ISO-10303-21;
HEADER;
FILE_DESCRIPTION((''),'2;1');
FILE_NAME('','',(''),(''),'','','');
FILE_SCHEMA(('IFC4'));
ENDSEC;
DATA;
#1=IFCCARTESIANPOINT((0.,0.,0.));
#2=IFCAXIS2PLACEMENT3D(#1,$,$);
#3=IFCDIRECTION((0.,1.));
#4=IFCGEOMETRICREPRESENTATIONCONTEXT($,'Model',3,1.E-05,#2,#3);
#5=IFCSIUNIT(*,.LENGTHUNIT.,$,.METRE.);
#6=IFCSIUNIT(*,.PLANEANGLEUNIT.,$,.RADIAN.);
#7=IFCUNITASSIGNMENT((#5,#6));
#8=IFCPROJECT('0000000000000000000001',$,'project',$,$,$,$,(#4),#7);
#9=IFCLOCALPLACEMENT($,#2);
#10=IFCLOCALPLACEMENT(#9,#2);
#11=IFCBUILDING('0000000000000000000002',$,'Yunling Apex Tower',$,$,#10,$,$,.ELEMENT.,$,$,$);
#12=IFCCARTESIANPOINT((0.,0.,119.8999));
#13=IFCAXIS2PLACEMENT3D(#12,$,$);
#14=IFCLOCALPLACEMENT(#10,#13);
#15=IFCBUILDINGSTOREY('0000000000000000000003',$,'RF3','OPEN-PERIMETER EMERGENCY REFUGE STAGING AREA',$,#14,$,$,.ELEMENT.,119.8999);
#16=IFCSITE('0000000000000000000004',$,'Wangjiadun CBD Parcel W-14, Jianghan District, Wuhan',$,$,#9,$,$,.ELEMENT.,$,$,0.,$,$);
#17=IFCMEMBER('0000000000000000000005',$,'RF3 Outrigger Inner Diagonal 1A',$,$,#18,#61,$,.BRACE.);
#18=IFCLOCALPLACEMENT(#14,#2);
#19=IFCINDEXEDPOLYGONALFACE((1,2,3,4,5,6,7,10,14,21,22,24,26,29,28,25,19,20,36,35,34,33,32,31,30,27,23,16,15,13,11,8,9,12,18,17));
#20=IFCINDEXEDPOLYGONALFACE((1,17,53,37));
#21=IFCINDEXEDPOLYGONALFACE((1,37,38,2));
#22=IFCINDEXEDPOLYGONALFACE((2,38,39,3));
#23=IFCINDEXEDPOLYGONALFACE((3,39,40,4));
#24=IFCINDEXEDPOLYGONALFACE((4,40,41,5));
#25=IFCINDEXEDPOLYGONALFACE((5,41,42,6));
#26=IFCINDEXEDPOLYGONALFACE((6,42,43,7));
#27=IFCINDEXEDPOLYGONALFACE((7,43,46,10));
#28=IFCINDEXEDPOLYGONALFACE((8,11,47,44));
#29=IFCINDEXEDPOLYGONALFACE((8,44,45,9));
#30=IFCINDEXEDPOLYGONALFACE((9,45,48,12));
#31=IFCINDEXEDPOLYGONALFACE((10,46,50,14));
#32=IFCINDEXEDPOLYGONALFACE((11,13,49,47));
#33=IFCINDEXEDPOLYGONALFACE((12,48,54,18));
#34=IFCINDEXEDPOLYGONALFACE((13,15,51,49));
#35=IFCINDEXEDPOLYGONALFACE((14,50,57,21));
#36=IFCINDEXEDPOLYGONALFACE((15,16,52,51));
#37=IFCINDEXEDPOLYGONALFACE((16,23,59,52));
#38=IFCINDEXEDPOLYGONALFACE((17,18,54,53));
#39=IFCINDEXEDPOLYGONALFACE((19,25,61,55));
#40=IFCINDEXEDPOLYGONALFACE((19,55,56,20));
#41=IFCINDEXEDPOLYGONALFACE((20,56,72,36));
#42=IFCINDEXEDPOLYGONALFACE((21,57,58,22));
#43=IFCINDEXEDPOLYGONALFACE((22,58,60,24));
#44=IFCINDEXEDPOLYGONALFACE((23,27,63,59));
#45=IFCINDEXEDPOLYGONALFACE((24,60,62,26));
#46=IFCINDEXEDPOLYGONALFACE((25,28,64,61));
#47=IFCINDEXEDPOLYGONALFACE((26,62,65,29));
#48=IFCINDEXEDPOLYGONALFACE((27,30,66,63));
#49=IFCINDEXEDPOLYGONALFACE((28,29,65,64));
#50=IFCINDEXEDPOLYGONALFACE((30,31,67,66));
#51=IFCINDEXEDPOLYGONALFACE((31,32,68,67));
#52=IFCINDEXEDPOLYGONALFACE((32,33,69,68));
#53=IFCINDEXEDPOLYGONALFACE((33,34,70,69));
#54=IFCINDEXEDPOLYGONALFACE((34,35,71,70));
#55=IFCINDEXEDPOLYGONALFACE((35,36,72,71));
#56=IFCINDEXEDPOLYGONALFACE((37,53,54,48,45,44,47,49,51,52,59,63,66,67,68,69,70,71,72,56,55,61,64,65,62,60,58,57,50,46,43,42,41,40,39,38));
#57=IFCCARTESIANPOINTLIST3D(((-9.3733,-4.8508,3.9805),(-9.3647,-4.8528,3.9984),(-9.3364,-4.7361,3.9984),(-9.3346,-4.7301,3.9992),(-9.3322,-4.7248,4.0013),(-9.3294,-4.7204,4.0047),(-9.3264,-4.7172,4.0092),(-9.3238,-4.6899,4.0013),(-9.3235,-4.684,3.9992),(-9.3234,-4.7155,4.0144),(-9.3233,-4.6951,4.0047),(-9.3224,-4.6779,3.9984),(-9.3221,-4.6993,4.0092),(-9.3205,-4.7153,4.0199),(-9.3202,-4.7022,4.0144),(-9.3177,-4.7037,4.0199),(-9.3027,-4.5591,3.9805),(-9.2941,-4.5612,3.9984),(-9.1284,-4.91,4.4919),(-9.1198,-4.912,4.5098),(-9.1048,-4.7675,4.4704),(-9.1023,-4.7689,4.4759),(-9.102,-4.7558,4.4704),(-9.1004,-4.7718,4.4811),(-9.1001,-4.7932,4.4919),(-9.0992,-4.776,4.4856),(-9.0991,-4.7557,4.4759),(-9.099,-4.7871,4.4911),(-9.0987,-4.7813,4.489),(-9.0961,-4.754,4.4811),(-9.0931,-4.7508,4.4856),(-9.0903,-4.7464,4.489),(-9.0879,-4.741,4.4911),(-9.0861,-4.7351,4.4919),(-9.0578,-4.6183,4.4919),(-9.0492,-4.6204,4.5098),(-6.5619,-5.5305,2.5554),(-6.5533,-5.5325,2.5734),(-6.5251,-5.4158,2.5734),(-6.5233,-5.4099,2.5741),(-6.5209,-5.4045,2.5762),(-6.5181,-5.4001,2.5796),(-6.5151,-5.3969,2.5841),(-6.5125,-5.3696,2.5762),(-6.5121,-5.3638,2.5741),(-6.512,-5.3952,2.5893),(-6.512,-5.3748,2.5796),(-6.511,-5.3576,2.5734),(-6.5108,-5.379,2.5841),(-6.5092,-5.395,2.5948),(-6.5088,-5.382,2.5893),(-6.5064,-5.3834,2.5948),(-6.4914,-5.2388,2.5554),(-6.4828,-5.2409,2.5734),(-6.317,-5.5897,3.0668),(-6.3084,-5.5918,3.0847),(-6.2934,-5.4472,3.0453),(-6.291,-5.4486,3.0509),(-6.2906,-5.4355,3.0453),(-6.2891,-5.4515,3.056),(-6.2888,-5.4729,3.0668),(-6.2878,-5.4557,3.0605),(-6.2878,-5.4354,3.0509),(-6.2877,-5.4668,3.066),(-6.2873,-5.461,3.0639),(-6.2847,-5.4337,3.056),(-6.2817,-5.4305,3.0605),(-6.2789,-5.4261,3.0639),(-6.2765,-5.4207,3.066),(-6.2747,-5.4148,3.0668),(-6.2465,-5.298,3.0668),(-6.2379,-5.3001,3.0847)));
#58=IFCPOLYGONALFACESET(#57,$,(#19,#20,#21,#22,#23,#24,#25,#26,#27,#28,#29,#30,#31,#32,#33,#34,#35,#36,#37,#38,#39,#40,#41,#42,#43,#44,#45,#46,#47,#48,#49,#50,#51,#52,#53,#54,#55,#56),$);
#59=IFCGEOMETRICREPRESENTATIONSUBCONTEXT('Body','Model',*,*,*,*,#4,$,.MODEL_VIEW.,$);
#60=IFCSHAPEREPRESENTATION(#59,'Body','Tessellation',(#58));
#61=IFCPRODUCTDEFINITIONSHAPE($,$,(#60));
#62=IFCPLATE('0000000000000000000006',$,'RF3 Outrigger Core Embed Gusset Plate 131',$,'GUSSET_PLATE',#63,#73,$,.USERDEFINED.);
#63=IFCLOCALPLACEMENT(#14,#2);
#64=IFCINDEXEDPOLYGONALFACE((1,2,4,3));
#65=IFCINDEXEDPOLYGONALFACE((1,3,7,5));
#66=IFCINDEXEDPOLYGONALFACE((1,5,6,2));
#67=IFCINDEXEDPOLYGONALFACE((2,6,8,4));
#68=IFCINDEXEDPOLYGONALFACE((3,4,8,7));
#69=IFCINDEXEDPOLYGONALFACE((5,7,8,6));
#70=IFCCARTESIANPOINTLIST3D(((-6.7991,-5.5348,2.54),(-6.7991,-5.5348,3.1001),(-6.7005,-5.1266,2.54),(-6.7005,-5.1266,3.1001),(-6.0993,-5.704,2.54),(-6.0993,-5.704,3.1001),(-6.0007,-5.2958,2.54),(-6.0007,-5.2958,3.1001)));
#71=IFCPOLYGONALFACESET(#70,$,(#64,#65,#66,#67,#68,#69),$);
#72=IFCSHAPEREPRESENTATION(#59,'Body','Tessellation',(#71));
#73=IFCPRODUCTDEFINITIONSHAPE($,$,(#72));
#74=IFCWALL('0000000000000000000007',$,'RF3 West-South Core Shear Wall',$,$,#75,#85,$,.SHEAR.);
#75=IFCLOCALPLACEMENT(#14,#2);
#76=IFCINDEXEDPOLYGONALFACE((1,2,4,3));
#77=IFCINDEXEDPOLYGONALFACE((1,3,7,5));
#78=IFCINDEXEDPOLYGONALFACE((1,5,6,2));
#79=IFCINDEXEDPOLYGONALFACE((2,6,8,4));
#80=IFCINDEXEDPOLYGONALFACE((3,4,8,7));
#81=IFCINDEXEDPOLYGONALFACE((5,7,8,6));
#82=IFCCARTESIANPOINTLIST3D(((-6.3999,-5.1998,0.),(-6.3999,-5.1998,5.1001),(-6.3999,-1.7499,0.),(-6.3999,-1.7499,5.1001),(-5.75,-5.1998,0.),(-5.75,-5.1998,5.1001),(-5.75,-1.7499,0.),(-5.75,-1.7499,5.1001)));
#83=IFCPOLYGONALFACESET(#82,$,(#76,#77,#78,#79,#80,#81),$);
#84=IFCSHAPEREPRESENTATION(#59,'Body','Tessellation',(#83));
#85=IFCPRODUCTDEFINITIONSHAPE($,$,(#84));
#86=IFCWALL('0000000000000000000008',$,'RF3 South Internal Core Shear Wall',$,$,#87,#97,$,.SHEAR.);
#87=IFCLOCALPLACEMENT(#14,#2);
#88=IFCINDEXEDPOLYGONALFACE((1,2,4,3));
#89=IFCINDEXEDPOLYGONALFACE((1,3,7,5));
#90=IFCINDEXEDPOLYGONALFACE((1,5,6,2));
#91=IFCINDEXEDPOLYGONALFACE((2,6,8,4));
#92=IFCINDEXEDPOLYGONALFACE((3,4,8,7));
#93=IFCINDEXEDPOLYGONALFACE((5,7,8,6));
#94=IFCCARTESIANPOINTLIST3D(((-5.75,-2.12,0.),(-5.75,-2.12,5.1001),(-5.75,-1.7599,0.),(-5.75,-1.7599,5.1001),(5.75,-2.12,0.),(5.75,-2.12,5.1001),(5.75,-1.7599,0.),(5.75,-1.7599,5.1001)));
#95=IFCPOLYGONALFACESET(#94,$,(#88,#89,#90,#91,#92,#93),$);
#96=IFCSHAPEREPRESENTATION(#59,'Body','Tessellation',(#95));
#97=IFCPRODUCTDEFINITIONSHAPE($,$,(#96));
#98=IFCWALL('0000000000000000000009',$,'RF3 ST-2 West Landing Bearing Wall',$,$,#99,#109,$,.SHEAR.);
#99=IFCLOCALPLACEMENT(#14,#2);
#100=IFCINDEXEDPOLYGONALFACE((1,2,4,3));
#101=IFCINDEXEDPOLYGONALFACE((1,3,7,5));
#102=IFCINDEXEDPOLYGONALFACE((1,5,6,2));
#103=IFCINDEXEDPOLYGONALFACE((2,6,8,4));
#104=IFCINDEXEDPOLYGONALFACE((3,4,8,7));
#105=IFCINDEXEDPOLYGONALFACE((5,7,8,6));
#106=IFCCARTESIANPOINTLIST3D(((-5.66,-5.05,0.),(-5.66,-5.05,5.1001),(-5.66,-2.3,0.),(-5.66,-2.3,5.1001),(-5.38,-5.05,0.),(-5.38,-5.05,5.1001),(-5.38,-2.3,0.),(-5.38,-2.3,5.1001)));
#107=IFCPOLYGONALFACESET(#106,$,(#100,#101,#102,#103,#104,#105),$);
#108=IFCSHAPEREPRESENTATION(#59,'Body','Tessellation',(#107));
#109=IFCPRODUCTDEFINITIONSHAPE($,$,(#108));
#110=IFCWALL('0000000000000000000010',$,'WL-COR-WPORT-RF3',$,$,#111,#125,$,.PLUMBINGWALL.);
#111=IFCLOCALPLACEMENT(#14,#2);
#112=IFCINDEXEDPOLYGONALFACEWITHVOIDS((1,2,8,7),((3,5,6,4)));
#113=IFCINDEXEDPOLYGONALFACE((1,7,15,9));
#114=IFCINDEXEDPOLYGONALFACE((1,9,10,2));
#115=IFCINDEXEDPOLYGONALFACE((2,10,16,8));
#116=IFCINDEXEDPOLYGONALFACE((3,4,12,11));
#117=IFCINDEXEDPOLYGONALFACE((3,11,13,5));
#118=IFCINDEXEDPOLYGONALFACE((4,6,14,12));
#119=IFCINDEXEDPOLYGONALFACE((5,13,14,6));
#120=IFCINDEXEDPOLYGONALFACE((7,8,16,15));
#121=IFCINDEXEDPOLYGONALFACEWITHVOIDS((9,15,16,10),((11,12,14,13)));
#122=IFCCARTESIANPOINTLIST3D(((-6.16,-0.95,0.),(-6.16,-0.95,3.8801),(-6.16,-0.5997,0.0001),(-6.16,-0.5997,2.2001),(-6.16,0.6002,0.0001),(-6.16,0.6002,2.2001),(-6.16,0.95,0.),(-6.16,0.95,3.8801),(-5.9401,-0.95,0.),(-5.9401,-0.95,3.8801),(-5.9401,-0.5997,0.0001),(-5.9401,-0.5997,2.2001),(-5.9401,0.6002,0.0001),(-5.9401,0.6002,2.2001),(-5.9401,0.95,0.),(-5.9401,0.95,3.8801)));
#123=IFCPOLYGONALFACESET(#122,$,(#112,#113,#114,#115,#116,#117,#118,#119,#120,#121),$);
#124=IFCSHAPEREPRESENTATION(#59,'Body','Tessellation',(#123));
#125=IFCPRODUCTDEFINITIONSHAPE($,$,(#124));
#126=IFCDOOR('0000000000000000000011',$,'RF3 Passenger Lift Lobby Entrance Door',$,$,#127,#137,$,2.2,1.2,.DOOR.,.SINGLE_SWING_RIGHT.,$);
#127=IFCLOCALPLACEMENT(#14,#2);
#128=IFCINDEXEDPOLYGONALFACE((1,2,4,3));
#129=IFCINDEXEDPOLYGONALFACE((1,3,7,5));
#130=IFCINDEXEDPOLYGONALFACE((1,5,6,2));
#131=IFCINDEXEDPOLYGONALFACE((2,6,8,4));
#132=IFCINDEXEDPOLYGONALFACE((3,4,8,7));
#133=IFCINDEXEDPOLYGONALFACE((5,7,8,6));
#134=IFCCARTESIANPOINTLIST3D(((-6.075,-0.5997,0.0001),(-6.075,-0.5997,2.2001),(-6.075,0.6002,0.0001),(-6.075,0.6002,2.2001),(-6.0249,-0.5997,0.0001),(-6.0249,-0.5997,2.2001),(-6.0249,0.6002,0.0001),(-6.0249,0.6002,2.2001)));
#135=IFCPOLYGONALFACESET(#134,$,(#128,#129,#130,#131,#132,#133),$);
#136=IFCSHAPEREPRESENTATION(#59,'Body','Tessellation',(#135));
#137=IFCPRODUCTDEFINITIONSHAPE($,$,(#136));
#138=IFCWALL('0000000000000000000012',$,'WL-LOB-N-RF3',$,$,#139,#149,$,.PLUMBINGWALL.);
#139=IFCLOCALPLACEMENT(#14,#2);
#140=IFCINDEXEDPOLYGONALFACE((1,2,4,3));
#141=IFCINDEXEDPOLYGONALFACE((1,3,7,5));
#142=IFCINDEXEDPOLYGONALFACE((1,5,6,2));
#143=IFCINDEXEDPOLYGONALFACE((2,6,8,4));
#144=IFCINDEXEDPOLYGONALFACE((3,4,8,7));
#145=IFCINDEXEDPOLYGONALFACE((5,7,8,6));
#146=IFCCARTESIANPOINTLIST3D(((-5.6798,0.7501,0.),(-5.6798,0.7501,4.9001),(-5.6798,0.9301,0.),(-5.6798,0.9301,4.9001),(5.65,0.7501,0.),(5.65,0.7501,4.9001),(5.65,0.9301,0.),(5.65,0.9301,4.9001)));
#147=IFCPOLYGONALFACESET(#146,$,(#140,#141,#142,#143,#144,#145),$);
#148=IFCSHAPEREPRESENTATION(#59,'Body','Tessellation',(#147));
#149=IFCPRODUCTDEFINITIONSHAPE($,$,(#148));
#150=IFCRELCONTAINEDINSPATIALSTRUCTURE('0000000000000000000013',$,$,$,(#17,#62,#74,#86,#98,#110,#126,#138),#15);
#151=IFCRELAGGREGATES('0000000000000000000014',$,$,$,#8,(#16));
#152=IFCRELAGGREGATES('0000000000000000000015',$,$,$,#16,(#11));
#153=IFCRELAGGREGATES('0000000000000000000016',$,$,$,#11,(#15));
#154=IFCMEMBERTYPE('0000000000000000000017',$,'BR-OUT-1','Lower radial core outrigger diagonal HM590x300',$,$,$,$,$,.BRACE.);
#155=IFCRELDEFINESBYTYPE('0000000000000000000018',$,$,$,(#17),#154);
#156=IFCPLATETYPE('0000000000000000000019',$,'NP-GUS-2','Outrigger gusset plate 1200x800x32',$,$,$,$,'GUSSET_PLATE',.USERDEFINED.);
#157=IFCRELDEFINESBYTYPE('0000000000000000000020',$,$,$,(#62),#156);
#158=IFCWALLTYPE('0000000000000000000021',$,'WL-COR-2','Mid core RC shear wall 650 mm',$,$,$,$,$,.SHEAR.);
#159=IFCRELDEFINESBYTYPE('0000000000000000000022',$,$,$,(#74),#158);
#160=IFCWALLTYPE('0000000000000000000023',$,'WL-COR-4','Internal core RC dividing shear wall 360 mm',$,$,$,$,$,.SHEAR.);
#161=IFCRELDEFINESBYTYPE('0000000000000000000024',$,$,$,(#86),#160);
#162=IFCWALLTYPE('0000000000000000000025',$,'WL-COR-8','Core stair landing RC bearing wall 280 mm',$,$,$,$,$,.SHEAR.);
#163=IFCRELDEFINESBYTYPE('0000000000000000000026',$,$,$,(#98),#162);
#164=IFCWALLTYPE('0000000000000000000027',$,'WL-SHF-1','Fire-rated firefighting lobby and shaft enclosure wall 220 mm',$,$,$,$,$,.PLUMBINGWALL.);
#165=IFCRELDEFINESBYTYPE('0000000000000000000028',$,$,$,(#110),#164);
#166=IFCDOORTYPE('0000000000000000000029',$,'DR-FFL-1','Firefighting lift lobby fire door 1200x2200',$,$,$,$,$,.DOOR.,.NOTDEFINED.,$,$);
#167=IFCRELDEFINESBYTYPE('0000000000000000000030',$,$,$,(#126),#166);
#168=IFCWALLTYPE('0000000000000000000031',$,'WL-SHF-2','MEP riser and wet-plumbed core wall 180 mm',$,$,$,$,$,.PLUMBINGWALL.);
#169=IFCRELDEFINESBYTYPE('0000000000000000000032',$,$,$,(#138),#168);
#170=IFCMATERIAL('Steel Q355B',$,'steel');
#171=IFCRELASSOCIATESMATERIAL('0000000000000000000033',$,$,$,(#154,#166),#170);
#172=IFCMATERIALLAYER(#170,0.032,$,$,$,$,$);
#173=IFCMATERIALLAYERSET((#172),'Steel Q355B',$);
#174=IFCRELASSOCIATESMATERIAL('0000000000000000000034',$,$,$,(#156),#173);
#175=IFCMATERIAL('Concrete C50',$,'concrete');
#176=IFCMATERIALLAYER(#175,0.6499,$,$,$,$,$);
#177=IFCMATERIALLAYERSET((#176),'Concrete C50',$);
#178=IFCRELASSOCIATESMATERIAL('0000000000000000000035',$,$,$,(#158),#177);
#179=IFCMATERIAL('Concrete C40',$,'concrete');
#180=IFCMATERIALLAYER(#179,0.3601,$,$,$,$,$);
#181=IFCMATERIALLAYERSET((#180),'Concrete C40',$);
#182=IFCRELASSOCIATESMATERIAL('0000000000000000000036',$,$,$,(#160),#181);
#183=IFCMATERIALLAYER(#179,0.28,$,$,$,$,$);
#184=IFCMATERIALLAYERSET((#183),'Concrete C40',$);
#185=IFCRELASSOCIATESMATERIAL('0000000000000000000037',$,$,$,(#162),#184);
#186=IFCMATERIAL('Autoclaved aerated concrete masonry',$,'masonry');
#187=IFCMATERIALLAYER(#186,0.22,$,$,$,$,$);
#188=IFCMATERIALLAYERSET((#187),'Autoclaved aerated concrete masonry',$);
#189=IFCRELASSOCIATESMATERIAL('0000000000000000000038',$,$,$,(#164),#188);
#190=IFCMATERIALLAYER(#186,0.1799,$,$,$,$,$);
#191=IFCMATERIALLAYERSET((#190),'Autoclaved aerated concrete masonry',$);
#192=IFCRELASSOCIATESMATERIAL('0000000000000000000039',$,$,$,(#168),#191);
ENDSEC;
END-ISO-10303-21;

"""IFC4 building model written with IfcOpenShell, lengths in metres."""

from ifc_helpers import new_model, si_unit, direction, frame, frame_2d, origin, origin_2d, place, context, subcontext, project, spatial, rectangle, i_section, extrude, source, transform, mapped, material, layer, layer_set, material_profile, profile_set, type_object, element, fill, save


model = new_model("IFC4")

# Units and contexts
model_context = context("Model", 3, precision=1e-05, world=origin(), true_north=direction((0.0, 1.0)))
body_context = subcontext(model_context, "Body", "Model", "MODEL_VIEW")
ifc_project = project(units=[si_unit("LENGTHUNIT", "METRE"), si_unit("PLANEANGLEUNIT", "RADIAN")], contexts=[model_context])

# Site, building, storey
site_placement = place(None, origin())
site = spatial("IfcSite", under=ifc_project, at=site_placement, Name="Wangjiadun CBD Parcel W-14, Jianghan District, Wuhan", CompositionType="ELEMENT", RefElevation=0.0)
building_placement = place(site_placement, origin())
building = spatial("IfcBuilding", under=site, at=building_placement, Name="Yunling Apex Tower", CompositionType="ELEMENT")
storey_placement = place(building_placement, frame((0.0, 0.0, 119.8999)))
storey = spatial("IfcBuildingStorey", under=building, at=storey_placement, Name="RF3", Description="OPEN-PERIMETER EMERGENCY REFUGE STAGING AREA", CompositionType="ELEMENT", Elevation=119.8999)

# Shared definitions
ifc_material_1 = material(Name="Concrete C50", Category="concrete")

# Shared definitions
ifc_material_2 = material(Name="Steel Q355B", Category="steel")

# Member
ifc_material_profile_1 = material_profile(ifc_material_2, i_section(OverallWidth=0.3, OverallDepth=0.5901, WebThickness=0.012, FlangeThickness=0.02, FilletRadius=0.0239, at=origin_2d()))
ifc_profile_set_1 = profile_set([ifc_material_profile_1], Name="Steel Q355B")
member_type_1 = type_object("IfcMemberType", Name="BR-OUT-1", Description="Lower radial core outrigger diagonal HM590x300", PredefinedType="BRACE", material=ifc_profile_set_1)
shared_shape_1 = source(origin(), body_context, "Body", "SweptSolid", [
    extrude(i_section(OverallWidth=0.3, OverallDepth=0.5901, WebThickness=0.012, FlangeThickness=0.02, FilletRadius=0.0239, at=origin_2d()), origin(), (0.0, 0.0, 1.0), 3.2244),
])
member_1_placement = place(storey_placement, frame((-6.3999, -5.4153, 2.8201), z_axis=(-0.871907, 0.210802, 0.441973), x_axis=(-0.235001, -0.971995, 0.0)))
element("IfcMember", 1, at=member_1_placement, inside=storey, type_object=member_type_1, Name="RF3 Outrigger Inner Diagonal 1A", PredefinedType="BRACE", context=body_context, shape_type="MappedRepresentation", body=[
    mapped(shared_shape_1, transform((0.0, 0.0, 0.0), scale=1.0)),
])

# Plate
ifc_layer_1 = layer(ifc_material_2, 0.032)
ifc_layer_set_1 = layer_set([ifc_layer_1], Name="Steel Q355B")
plate_type = type_object("IfcPlateType", Name="NP-GUS-2", Description="Outrigger gusset plate 1200x800x32", ElementType="GUSSET_PLATE", PredefinedType="USERDEFINED", material=ifc_layer_set_1)
shared_shape_2 = source(origin(), body_context, "Body", "SweptSolid", [
    extrude(rectangle(XDim=0.72, YDim=0.4199, at=origin_2d()), origin(), (0.0, 0.0, 1.0), 0.5601),
])
plate_placement = place(storey_placement, frame((-6.3999, -5.4153, 2.54), z_axis=(0.0, 0.0, 1.0), x_axis=(-0.972002, 0.234972, 0.0)))
element("IfcPlate", 2, at=plate_placement, inside=storey, type_object=plate_type, Name="RF3 Outrigger Core Embed Gusset Plate 131", ObjectType="GUSSET_PLATE", PredefinedType="USERDEFINED", context=body_context, shape_type="MappedRepresentation", body=[
    mapped(shared_shape_2, transform((0.0, 0.0, 0.0), scale=1.0)),
])

# Walls
ifc_layer_2 = layer(ifc_material_1, 0.6499)
ifc_layer_set_2 = layer_set([ifc_layer_2], Name="Concrete C50")
wall_type_1 = type_object("IfcWallType", Name="WL-COR-2", Description="Mid core RC shear wall 650 mm", PredefinedType="SHEAR", material=ifc_layer_set_2)
wall_1_placement = place(storey_placement, frame((-6.075, -5.2, 0.0), z_axis=(0.0, 0.0, 1.0), x_axis=(0.0, 1.0, 0.0)))
element("IfcWall", 3, at=wall_1_placement, inside=storey, type_object=wall_type_1, Name="RF3 West-South Core Shear Wall", PredefinedType="SHEAR", context=body_context, shape_type="SweptSolid", body=[
    extrude(rectangle(XDim=3.45, YDim=0.6499, at=frame_2d((1.7251, 0.0))), origin(), (0.0, 0.0, 1.0), 5.1001),
])
ifc_material_3 = material(Name="Concrete C40", Category="concrete")
ifc_layer_3 = layer(ifc_material_3, 0.3601)
ifc_layer_set_3 = layer_set([ifc_layer_3], Name="Concrete C40")
wall_type_2 = type_object("IfcWallType", Name="WL-COR-4", Description="Internal core RC dividing shear wall 360 mm", PredefinedType="SHEAR", material=ifc_layer_set_3)
wall_2_placement = place(storey_placement, frame((-5.75, -1.9399, 0.0), z_axis=(0.0, 0.0, 1.0), x_axis=(1.0, 0.0, 0.0)))
element("IfcWall", 4, at=wall_2_placement, inside=storey, type_object=wall_type_2, Name="RF3 South Internal Core Shear Wall", PredefinedType="SHEAR", context=body_context, shape_type="SweptSolid", body=[
    extrude(rectangle(XDim=11.5, YDim=0.3601, at=frame_2d((5.75, 0.0))), origin(), (0.0, 0.0, 1.0), 5.1001),
])
ifc_layer_4 = layer(ifc_material_3, 0.28)
ifc_layer_set_4 = layer_set([ifc_layer_4], Name="Concrete C40")
wall_type_3 = type_object("IfcWallType", Name="WL-COR-8", Description="Core stair landing RC bearing wall 280 mm", PredefinedType="SHEAR", material=ifc_layer_set_4)
wall_3_placement = place(storey_placement, frame((-5.52, -5.05, 0.0), z_axis=(0.0, 0.0, 1.0), x_axis=(0.0, 1.0, 0.0)))
element("IfcWall", 5, at=wall_3_placement, inside=storey, type_object=wall_type_3, Name="RF3 ST-2 West Landing Bearing Wall", PredefinedType="SHEAR", context=body_context, shape_type="SweptSolid", body=[
    extrude(rectangle(XDim=2.75, YDim=0.28, at=frame_2d((1.375, 0.0))), origin(), (0.0, 0.0, 1.0), 5.1001),
])

# Wall, opening, door
ifc_material_4 = material(Name="Autoclaved aerated concrete masonry", Category="masonry")
ifc_layer_5 = layer(ifc_material_4, 0.22)
ifc_layer_set_5 = layer_set([ifc_layer_5], Name="Autoclaved aerated concrete masonry")
wall_type_4 = type_object("IfcWallType", Name="WL-SHF-1", Description="Fire-rated firefighting lobby and shaft enclosure wall 220 mm", PredefinedType="PLUMBINGWALL", material=ifc_layer_set_5)
wall_4_placement = place(storey_placement, frame((-6.05, -0.95, 0.0), z_axis=(0.0, 0.0, 1.0), x_axis=(0.0, 1.0, 0.0)))
wall_4 = element("IfcWall", 6, at=wall_4_placement, inside=storey, type_object=wall_type_4, Name="WL-COR-WPORT-RF3", PredefinedType="PLUMBINGWALL", context=body_context, shape_type="SweptSolid", body=[
    extrude(rectangle(XDim=1.8999, YDim=0.22, at=frame_2d((0.95, 0.0))), origin(), (0.0, 0.0, 1.0), 3.8801),
])
opening_1_placement = place(wall_4_placement, frame((0.3501, 0.0, 0.0)))
opening_1 = element("IfcOpeningElement", 7, at=opening_1_placement, cuts=wall_4, PredefinedType="OPENING", context=body_context, shape_type="SweptSolid", body=[
    extrude(rectangle(XDim=1.2, YDim=2.2, at=frame_2d((0.6001, 1.1001))), frame((0.0, 0.1201, 0.0), z_axis=(0.0, -1.0, 0.0), x_axis=(1.0, 0.0, 0.0)), (0.0, 0.0, 1.0), 0.24),
])
door_type_1 = type_object("IfcDoorType", Name="DR-FFL-1", Description="Firefighting lift lobby fire door 1200x2200", OperationType="NOTDEFINED", PredefinedType="DOOR", material=ifc_material_2)
door_1_placement = place(opening_1_placement, origin())
door_1 = element("IfcDoor", 8, at=door_1_placement, inside=storey, type_object=door_type_1, Name="RF3 Passenger Lift Lobby Entrance Door", OperationType="SINGLE_SWING_RIGHT", OverallHeight=2.2, OverallWidth=1.2, PredefinedType="DOOR", context=body_context, shape_type="SweptSolid", body=[
    extrude(rectangle(XDim=1.2, YDim=2.2, at=frame_2d((0.6001, 1.1001))), frame((0.0, 0.0249, 0.0), z_axis=(0.0, -1.0, 0.0), x_axis=(1.0, 0.0, 0.0)), (0.0, 0.0, 1.0), 0.05),
])
fill(opening_1, door_1)

# Wall
ifc_layer_6 = layer(ifc_material_4, 0.1799)
ifc_layer_set_6 = layer_set([ifc_layer_6], Name="Autoclaved aerated concrete masonry")
wall_type_5 = type_object("IfcWallType", Name="WL-SHF-2", Description="MEP riser and wet-plumbed core wall 180 mm", PredefinedType="PLUMBINGWALL", material=ifc_layer_set_6)
wall_5_placement = place(storey_placement, frame((-5.6799, 0.8401, 0.0), z_axis=(0.0, 0.0, 1.0), x_axis=(1.0, 0.0, 0.0)))
element("IfcWall", 9, at=wall_5_placement, inside=storey, type_object=wall_type_5, Name="WL-LOB-N-RF3", PredefinedType="PLUMBINGWALL", context=body_context, shape_type="SweptSolid", body=[
    extrude(rectangle(XDim=11.3298, YDim=0.1799, at=frame_2d((5.665, 0.0))), origin(), (0.0, 0.0, 1.0), 4.9001),
])

save(model, "model.ifc")
